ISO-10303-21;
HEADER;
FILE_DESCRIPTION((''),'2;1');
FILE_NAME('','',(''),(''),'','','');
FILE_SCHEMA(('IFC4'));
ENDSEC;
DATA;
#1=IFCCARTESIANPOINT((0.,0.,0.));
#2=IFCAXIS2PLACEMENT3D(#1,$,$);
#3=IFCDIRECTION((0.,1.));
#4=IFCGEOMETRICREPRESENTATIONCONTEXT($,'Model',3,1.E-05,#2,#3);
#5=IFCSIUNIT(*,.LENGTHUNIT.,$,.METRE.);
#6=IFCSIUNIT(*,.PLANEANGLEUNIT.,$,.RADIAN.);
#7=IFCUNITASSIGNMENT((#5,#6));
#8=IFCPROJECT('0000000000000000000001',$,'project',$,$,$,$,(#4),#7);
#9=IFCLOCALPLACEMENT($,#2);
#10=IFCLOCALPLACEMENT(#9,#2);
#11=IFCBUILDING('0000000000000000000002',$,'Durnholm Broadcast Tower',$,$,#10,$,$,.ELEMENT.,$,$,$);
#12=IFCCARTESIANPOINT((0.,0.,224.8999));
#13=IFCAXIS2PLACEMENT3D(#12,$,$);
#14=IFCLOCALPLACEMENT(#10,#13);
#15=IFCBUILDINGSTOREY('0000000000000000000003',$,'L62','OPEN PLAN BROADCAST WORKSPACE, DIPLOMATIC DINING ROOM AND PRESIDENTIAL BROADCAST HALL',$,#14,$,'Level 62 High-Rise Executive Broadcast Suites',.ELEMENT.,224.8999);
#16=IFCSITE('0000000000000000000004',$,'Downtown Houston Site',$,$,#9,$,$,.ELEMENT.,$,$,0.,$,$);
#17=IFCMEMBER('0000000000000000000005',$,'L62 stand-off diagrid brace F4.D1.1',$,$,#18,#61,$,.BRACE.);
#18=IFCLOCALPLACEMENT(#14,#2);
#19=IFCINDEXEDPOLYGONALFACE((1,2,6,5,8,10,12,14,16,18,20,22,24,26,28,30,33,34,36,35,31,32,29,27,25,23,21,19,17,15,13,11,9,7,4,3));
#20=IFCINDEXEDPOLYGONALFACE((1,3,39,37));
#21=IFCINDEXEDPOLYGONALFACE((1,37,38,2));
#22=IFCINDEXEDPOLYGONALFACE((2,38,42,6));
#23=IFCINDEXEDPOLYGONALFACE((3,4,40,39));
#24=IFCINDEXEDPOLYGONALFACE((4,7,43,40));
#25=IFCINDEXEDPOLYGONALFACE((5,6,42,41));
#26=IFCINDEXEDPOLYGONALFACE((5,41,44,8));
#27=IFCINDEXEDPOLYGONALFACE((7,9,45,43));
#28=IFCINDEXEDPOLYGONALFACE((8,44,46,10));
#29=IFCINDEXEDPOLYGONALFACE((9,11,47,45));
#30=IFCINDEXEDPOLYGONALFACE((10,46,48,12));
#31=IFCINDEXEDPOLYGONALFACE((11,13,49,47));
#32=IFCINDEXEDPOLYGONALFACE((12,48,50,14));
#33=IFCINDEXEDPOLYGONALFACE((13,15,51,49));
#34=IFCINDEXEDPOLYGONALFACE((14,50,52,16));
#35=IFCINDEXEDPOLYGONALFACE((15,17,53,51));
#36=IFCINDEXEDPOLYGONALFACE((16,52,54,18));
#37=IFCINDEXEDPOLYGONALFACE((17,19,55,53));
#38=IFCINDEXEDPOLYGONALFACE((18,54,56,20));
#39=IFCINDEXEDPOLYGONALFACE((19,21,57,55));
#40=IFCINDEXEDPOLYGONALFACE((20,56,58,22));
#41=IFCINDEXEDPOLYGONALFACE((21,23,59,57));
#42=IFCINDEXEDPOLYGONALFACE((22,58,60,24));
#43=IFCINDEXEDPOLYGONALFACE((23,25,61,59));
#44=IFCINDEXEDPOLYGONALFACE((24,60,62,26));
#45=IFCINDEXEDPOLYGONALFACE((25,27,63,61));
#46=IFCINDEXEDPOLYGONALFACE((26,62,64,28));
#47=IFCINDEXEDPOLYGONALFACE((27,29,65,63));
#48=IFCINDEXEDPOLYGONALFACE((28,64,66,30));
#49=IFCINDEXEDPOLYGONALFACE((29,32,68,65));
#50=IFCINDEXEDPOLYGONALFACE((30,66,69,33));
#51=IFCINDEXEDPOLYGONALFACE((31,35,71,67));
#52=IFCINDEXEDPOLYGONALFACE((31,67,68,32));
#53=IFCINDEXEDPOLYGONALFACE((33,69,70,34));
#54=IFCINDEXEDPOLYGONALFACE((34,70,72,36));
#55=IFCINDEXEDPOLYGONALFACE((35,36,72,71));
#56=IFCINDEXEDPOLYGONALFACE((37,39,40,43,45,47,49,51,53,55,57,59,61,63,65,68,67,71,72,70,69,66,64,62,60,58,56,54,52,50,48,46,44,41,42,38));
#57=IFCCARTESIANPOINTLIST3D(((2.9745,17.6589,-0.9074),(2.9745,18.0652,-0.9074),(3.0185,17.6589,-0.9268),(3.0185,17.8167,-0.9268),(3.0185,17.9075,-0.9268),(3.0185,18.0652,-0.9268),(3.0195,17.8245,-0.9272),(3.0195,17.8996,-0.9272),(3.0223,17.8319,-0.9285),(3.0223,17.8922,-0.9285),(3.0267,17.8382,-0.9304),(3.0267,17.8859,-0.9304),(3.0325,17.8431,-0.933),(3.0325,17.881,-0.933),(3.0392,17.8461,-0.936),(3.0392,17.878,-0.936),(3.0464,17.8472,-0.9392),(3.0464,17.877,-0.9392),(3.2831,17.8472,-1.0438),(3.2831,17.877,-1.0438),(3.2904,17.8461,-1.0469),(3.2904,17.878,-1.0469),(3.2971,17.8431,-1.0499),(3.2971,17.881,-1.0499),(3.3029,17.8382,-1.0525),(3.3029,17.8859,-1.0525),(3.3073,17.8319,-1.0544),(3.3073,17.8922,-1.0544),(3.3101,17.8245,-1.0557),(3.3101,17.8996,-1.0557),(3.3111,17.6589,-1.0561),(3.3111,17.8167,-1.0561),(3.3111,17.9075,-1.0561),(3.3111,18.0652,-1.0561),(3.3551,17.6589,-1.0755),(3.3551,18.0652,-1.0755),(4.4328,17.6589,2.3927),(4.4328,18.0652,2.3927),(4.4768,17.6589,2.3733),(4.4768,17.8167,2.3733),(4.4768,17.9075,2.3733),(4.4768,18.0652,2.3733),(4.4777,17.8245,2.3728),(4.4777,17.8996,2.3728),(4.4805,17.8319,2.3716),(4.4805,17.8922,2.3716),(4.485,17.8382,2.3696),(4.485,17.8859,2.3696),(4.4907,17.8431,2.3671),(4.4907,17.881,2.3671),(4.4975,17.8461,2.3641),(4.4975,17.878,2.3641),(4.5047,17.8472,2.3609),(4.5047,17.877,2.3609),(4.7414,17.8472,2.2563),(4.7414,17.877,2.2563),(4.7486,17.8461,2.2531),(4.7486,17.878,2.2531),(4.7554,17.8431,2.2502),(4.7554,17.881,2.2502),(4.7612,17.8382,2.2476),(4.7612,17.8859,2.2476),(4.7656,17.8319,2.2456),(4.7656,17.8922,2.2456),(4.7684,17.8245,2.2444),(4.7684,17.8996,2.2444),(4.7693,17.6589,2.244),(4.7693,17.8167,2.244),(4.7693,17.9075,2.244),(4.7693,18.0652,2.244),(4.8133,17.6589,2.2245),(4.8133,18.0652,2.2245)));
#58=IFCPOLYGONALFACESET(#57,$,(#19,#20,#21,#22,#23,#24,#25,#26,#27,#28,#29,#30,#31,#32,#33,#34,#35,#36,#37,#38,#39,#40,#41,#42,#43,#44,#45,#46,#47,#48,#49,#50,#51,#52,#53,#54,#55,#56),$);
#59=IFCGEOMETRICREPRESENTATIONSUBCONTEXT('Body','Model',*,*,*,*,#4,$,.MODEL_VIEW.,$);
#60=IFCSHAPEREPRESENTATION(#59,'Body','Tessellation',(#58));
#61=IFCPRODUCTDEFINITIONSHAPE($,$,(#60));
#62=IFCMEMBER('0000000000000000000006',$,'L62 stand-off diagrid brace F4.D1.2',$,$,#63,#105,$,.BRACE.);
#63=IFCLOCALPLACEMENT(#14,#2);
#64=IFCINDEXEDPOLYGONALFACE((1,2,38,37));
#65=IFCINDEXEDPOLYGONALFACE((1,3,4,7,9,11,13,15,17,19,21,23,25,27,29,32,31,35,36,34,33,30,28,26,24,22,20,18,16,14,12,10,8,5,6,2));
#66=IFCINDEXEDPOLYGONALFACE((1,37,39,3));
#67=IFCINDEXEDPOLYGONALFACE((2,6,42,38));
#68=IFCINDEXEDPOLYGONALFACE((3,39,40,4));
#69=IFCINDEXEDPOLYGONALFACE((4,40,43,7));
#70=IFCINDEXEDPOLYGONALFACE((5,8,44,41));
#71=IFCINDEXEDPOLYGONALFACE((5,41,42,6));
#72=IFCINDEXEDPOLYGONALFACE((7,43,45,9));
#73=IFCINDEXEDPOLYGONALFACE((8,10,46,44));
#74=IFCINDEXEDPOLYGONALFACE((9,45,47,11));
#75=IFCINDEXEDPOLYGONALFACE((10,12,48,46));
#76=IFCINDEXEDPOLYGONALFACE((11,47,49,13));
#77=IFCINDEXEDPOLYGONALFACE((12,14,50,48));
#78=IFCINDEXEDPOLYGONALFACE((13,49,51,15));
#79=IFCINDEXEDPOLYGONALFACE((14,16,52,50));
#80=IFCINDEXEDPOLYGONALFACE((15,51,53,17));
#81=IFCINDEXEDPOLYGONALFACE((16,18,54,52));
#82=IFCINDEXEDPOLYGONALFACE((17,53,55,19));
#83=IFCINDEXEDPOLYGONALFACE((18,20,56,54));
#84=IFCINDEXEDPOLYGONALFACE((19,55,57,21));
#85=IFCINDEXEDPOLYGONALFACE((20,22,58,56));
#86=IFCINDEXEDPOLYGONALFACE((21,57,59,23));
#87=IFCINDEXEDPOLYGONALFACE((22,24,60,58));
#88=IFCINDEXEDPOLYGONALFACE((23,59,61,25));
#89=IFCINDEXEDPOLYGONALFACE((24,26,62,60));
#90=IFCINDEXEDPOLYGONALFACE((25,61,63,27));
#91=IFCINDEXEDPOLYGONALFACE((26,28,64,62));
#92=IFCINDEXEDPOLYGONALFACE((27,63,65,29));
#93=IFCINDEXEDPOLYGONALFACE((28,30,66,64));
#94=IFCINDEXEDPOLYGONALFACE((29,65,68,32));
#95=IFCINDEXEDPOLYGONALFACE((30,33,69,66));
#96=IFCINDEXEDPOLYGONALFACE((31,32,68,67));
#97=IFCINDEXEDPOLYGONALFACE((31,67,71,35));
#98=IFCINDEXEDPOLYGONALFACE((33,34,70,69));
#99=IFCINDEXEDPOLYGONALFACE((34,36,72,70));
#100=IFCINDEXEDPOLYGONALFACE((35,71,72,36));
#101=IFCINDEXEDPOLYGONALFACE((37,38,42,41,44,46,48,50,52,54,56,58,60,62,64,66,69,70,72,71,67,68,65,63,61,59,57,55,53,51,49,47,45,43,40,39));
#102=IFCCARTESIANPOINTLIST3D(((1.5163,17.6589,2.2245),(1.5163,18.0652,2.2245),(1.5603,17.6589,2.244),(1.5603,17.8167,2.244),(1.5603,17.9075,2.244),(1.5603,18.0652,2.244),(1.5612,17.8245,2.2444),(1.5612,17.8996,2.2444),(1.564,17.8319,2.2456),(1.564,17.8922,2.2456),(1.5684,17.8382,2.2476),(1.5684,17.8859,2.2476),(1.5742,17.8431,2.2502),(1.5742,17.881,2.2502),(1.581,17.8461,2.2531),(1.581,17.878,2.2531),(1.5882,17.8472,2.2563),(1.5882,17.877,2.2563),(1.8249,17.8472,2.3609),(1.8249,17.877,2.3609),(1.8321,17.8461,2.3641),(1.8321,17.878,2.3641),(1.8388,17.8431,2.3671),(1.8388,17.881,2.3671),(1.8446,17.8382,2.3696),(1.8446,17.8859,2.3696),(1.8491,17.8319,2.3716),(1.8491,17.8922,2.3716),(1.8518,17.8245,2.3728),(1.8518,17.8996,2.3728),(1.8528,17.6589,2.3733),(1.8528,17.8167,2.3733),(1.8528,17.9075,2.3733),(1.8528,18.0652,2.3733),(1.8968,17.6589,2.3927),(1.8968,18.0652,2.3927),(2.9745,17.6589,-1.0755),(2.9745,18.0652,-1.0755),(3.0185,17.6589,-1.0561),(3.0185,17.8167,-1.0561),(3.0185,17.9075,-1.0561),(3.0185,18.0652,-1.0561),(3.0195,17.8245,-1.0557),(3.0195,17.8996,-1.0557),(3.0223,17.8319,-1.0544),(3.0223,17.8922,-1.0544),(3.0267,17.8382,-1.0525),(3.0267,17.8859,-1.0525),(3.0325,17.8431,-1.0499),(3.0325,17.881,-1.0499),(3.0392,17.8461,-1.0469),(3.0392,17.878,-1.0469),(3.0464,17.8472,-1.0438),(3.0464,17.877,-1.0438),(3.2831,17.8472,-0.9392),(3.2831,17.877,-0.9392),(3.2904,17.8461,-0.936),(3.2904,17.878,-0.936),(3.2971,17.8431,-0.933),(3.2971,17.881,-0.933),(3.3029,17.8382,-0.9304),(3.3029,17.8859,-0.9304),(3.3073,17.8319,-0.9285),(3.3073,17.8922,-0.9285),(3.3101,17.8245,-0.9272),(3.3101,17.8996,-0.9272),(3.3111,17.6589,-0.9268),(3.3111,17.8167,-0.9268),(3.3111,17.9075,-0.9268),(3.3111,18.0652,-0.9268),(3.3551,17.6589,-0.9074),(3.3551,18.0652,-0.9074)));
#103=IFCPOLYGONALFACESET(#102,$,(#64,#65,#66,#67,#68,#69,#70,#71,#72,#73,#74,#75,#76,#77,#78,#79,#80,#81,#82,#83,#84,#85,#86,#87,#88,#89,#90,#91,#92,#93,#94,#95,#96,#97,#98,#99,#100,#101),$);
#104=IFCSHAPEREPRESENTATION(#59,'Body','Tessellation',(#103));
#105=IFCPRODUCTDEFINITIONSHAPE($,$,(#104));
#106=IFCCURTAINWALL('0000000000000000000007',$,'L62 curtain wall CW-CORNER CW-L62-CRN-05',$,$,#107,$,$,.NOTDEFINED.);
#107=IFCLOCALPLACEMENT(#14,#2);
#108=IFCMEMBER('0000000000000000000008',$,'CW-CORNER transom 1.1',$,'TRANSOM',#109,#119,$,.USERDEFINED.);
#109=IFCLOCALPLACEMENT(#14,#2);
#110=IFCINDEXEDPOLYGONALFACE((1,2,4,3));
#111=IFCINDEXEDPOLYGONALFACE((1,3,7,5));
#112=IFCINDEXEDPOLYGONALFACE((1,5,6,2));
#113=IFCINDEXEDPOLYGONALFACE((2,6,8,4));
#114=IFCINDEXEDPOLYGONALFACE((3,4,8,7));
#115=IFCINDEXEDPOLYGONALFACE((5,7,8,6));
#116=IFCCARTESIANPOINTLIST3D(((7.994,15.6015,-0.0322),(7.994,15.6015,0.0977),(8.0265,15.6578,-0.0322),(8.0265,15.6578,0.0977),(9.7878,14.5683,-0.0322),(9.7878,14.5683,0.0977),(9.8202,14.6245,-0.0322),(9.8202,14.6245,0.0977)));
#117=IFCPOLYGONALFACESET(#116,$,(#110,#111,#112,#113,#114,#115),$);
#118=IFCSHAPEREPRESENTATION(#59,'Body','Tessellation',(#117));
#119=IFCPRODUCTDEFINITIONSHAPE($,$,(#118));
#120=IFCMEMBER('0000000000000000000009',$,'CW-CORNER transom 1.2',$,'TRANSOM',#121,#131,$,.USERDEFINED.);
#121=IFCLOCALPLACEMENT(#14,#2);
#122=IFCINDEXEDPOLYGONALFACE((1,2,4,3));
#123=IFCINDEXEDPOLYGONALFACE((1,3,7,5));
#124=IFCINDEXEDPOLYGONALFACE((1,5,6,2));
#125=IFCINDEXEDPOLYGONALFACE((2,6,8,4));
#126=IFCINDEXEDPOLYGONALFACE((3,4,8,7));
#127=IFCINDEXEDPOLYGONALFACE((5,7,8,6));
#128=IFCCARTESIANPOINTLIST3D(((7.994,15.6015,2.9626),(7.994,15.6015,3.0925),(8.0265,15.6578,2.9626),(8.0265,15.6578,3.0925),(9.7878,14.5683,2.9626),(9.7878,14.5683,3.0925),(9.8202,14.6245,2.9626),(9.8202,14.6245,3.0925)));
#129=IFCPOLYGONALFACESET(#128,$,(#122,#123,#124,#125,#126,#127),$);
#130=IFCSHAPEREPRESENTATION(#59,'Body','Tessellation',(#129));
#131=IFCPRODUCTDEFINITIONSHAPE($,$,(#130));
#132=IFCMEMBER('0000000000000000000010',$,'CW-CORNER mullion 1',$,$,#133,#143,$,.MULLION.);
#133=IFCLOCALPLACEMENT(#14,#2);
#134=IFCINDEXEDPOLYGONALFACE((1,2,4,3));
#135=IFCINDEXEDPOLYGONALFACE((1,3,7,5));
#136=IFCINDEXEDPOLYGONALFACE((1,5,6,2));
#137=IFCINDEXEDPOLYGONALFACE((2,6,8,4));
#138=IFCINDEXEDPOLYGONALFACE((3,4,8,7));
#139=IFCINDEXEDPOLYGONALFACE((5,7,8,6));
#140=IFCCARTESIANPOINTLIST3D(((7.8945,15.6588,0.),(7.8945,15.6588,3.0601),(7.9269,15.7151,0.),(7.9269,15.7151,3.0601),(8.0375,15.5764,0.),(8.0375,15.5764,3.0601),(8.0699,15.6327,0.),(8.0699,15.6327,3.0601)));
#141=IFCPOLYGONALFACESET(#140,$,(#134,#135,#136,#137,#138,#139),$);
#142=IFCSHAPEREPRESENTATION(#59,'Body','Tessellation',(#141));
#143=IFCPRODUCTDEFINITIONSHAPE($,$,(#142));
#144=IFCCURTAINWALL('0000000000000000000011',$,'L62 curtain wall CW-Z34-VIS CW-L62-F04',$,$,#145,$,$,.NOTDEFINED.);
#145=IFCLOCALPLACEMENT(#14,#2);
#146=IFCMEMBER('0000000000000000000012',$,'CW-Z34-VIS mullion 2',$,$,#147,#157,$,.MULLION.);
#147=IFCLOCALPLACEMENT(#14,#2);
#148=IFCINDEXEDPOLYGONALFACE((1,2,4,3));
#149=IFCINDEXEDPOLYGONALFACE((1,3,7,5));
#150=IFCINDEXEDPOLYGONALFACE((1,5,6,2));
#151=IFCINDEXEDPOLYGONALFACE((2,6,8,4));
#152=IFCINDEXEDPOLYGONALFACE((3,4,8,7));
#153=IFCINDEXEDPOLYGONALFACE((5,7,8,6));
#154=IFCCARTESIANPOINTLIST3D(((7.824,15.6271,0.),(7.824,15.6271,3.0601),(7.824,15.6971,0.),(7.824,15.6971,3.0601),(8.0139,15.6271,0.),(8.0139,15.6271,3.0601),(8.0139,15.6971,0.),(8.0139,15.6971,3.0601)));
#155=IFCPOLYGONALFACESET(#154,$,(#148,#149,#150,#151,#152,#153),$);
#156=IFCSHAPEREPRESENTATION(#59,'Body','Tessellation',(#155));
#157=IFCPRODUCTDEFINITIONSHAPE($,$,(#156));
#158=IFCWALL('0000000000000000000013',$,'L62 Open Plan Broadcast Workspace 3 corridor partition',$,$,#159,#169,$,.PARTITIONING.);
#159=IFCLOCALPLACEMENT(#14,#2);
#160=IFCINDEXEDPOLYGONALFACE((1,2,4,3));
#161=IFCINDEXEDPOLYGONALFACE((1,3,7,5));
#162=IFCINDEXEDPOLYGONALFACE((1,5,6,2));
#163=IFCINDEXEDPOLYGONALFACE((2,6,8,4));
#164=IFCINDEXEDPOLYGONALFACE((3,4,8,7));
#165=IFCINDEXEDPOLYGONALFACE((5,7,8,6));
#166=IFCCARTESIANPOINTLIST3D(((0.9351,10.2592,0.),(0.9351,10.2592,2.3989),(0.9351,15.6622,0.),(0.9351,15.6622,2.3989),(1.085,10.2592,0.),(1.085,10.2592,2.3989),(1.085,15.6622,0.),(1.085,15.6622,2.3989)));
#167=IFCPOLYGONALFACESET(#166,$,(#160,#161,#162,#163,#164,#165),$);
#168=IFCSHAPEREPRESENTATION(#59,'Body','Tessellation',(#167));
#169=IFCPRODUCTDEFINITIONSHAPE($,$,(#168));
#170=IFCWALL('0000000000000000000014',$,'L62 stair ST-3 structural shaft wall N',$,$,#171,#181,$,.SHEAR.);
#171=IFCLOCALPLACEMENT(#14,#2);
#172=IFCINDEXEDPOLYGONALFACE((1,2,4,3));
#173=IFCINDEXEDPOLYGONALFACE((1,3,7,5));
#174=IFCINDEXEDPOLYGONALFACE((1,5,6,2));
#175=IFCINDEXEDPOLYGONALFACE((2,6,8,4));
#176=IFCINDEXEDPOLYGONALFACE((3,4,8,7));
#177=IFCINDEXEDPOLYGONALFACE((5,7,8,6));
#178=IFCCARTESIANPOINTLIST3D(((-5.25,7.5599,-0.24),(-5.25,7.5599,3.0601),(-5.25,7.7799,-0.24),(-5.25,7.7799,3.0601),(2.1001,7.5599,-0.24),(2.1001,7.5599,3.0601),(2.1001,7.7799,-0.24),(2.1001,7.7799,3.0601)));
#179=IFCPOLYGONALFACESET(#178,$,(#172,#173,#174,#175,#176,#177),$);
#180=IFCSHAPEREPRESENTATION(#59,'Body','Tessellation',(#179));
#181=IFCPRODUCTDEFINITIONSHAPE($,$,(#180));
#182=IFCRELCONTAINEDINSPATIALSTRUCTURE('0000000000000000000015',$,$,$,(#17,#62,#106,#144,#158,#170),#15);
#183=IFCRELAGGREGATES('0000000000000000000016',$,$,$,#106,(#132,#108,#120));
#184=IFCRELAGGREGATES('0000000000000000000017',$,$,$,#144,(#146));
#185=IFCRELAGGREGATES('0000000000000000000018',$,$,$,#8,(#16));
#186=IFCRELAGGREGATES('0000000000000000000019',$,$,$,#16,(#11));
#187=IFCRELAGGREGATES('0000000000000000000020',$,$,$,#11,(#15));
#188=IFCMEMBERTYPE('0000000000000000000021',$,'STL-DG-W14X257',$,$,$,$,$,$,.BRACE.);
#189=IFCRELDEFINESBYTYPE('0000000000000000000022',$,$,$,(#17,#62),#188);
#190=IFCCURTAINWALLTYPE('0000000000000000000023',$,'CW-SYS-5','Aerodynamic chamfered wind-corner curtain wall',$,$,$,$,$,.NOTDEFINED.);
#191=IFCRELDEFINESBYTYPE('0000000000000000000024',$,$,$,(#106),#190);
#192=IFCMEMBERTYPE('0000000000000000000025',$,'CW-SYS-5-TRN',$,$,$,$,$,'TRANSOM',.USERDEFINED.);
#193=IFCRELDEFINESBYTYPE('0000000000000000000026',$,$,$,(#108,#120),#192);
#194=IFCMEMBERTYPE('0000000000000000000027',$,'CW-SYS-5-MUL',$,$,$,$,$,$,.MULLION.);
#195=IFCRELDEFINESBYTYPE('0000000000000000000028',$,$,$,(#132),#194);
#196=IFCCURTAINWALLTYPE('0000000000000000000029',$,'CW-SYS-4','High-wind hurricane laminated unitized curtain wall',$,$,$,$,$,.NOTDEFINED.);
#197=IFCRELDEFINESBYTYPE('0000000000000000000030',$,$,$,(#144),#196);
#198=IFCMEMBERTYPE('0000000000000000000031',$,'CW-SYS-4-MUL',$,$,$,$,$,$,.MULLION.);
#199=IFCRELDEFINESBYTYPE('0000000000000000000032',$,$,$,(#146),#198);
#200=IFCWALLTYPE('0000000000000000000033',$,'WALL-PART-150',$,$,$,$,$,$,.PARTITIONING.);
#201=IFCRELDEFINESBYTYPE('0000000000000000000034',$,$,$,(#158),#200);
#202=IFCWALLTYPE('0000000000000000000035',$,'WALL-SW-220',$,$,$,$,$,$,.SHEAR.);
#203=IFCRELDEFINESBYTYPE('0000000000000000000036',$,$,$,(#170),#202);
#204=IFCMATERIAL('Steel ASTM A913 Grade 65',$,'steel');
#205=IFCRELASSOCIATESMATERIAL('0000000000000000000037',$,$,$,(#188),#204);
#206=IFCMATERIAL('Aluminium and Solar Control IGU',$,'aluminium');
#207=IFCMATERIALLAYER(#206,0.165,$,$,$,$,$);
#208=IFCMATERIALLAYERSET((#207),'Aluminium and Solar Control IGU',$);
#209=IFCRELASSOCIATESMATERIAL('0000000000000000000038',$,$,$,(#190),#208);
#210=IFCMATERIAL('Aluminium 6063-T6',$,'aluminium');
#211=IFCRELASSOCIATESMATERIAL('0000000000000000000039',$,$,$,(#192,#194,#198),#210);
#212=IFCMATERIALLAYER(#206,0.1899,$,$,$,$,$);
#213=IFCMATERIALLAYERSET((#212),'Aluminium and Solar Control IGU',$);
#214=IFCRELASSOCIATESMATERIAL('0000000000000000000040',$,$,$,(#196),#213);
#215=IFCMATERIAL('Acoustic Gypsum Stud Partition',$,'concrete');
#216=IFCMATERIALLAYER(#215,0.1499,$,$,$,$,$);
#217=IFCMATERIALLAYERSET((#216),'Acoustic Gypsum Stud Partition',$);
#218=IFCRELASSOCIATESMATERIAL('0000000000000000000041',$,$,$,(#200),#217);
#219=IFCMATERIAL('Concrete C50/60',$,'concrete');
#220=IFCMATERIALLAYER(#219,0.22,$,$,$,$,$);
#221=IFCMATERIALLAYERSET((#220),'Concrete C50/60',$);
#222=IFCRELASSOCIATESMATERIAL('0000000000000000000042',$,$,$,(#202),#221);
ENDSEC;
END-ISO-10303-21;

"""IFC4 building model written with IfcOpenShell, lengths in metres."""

from ifc_helpers import new_model, si_unit, direction, frame, frame_2d, origin, origin_2d, place, context, subcontext, project, spatial, rectangle, i_section, extrude, source, transform, mapped, material, layer, layer_set, material_profile, profile_set, type_object, type_shapes, element, aggregate, save


model = new_model("IFC4")

# Units and contexts
model_context = context("Model", 3, precision=1e-05, world=origin(), true_north=direction((0.0, 1.0)))
body_context = subcontext(model_context, "Body", "Model", "MODEL_VIEW")
ifc_project = project(units=[si_unit("LENGTHUNIT", "METRE"), si_unit("PLANEANGLEUNIT", "RADIAN")], contexts=[model_context])

# Site, building, storey
site_placement = place(None, origin())
site = spatial("IfcSite", under=ifc_project, at=site_placement, Name="Downtown Houston Site", CompositionType="ELEMENT", RefElevation=0.0)
building_placement = place(site_placement, origin())
building = spatial("IfcBuilding", under=site, at=building_placement, Name="Durnholm Broadcast Tower", CompositionType="ELEMENT")
storey_placement = place(building_placement, frame((0.0, 0.0, 224.8999)))
storey = spatial("IfcBuildingStorey", under=building, at=storey_placement, Name="L62", Description="OPEN PLAN BROADCAST WORKSPACE, DIPLOMATIC DINING ROOM AND PRESIDENTIAL BROADCAST HALL", LongName="Level 62 High-Rise Executive Broadcast Suites", CompositionType="ELEMENT", Elevation=224.8999)

# Members
ifc_material_1 = material(Name="Steel ASTM A913 Grade 65", Category="steel")
ifc_material_profile_1 = material_profile(ifc_material_1, i_section(OverallWidth=0.4062, OverallDepth=0.416, WebThickness=0.0298, FlangeThickness=0.0481, FilletRadius=0.0305, at=origin_2d()), Name="W14X257")
ifc_profile_set_1 = profile_set([ifc_material_profile_1], Name="Steel ASTM A913 Grade 65")
member_type_1 = type_object("IfcMemberType", Name="STL-DG-W14X257", PredefinedType="BRACE", material=ifc_profile_set_1)
shared_shape_1 = source(origin(), body_context, "Body", "SweptSolid", [
    extrude(i_section(OverallWidth=0.4062, OverallDepth=0.416, WebThickness=0.0298, FlangeThickness=0.0481, FilletRadius=0.0305, at=origin_2d()), origin(), (0.0, 0.0, 1.0), 3.6079),
])
type_shapes(member_type_1, [shared_shape_1])
for number, where, z_axis, x_axis, name in (
    (1, (3.1648, 17.8621, -0.9915), (0.404185, 0.0, 0.914677), (0.0, 1.0, 0.0), "L62 stand-off diagrid brace F4.D1.1"),
    (2, (3.1648, 17.8621, -0.9915), (-0.404185, 0.0, 0.914677), (0.0, -1.0, 0.0), "L62 stand-off diagrid brace F4.D1.2"),
):
    element("IfcMember", number, at=place(storey_placement, frame(where, z_axis=z_axis, x_axis=x_axis)), inside=storey, type_object=member_type_1, Name=name, PredefinedType="BRACE", context=body_context, shape_type="MappedRepresentation", body=[
        mapped(shared_shape_1, transform((0.0, 0.0, 0.0), x_axis=(1.0, 0.0, 0.0), y_axis=(0.0, 1.0, 0.0), z_axis=(0.0, 0.0, 1.0), scale=1.0)),
    ])

# Curtain wall, members
ifc_material_2 = material(Name="Aluminium and Solar Control IGU", Category="aluminium")
ifc_layer_1 = layer(ifc_material_2, 0.165)
ifc_layer_set_1 = layer_set([ifc_layer_1], Name="Aluminium and Solar Control IGU")
curtain_wall_type_1 = type_object("IfcCurtainWallType", Name="CW-SYS-5", Description="Aerodynamic chamfered wind-corner curtain wall", PredefinedType="NOTDEFINED", material=ifc_layer_set_1)
curtain_wall_1_placement = place(storey_placement, origin())
curtain_wall_1 = element("IfcCurtainWall", 3, at=curtain_wall_1_placement, inside=storey, type_object=curtain_wall_type_1, Name="L62 curtain wall CW-CORNER CW-L62-CRN-05", PredefinedType="NOTDEFINED")
ifc_material_3 = material(Name="Aluminium 6063-T6", Category="aluminium")
ifc_material_profile_2 = material_profile(ifc_material_3, rectangle(XDim=0.0649, YDim=0.1299, at=origin_2d()), Name="CWT65X130")
ifc_profile_set_2 = profile_set([ifc_material_profile_2], Name="Aluminium 6063-T6")
member_type_2 = type_object("IfcMemberType", Name="CW-SYS-5-TRN", ElementType="TRANSOM", PredefinedType="USERDEFINED", material=ifc_profile_set_2)
shared_shape_2 = source(origin(), body_context, "Body", "SweptSolid", [
    extrude(rectangle(XDim=0.0649, YDim=0.1299, at=origin_2d()), origin(), (0.0, 0.0, 1.0), 2.0701),
])
type_shapes(member_type_2, [shared_shape_2])
member_1_placement = place(storey_placement, frame((8.0103, 15.6296, 0.0327), z_axis=(0.866525, -0.499134, 0.0), x_axis=(0.499134, 0.866525, 0.0)))
member_1 = element("IfcMember", 4, at=member_1_placement, type_object=member_type_2, Name="CW-CORNER transom 1.1", ObjectType="TRANSOM", PredefinedType="USERDEFINED", context=body_context, shape_type="MappedRepresentation", body=[
    mapped(shared_shape_2, transform((0.0, 0.0, 0.0), x_axis=(1.0, 0.0, 0.0), y_axis=(0.0, 1.0, 0.0), z_axis=(0.0, 0.0, 1.0), scale=1.0)),
])
member_2_placement = place(storey_placement, frame((8.0103, 15.6296, 3.0276), z_axis=(0.866525, -0.499134, 0.0), x_axis=(0.499134, 0.866525, 0.0)))
member_2 = element("IfcMember", 5, at=member_2_placement, type_object=member_type_2, Name="CW-CORNER transom 1.2", ObjectType="TRANSOM", PredefinedType="USERDEFINED", context=body_context, shape_type="MappedRepresentation", body=[
    mapped(shared_shape_2, transform((0.0, 0.0, 0.0), x_axis=(1.0, 0.0, 0.0), y_axis=(0.0, 1.0, 0.0), z_axis=(0.0, 0.0, 1.0), scale=1.0)),
])
ifc_material_profile_3 = material_profile(ifc_material_3, rectangle(XDim=0.0649, YDim=0.165, at=origin_2d()), Name="CWM65X165")
ifc_profile_set_3 = profile_set([ifc_material_profile_3], Name="Aluminium 6063-T6")
member_type_3 = type_object("IfcMemberType", Name="CW-SYS-5-MUL", PredefinedType="MULLION", material=ifc_profile_set_3)
shared_shape_3 = source(origin(), body_context, "Body", "SweptSolid", [
    extrude(rectangle(XDim=0.0649, YDim=0.165, at=origin_2d()), origin(), (0.0, 0.0, 1.0), 3.0601),
])
type_shapes(member_type_3, [shared_shape_3])
member_3_placement = place(storey_placement, frame((7.9822, 15.6458, 0.0), z_axis=(0.0, 0.0, 1.0), x_axis=(0.499059, 0.866568, 0.0)))
member_3 = element("IfcMember", 6, at=member_3_placement, type_object=member_type_3, Name="CW-CORNER mullion 1", PredefinedType="MULLION", context=body_context, shape_type="MappedRepresentation", body=[
    mapped(shared_shape_3, transform((0.0, 0.0, 0.0), x_axis=(1.0, 0.0, 0.0), y_axis=(0.0, 1.0, 0.0), z_axis=(0.0, 0.0, 1.0), scale=1.0)),
])
aggregate(curtain_wall_1, [member_3, member_1, member_2])

# Curtain wall, member
ifc_layer_2 = layer(ifc_material_2, 0.1899)
ifc_layer_set_2 = layer_set([ifc_layer_2], Name="Aluminium and Solar Control IGU")
curtain_wall_type_2 = type_object("IfcCurtainWallType", Name="CW-SYS-4", Description="High-wind hurricane laminated unitized curtain wall", PredefinedType="NOTDEFINED", material=ifc_layer_set_2)
curtain_wall_2_placement = place(storey_placement, origin())
curtain_wall_2 = element("IfcCurtainWall", 7, at=curtain_wall_2_placement, inside=storey, type_object=curtain_wall_type_2, Name="L62 curtain wall CW-Z34-VIS CW-L62-F04", PredefinedType="NOTDEFINED")
ifc_material_profile_4 = material_profile(ifc_material_3, rectangle(XDim=0.0701, YDim=0.1899, at=origin_2d()), Name="CWM70X190")
ifc_profile_set_4 = profile_set([ifc_material_profile_4], Name="Aluminium 6063-T6")
member_type_4 = type_object("IfcMemberType", Name="CW-SYS-4-MUL", PredefinedType="MULLION", material=ifc_profile_set_4)
shared_shape_4 = source(origin(), body_context, "Body", "SweptSolid", [
    extrude(rectangle(XDim=0.0701, YDim=0.1899, at=origin_2d()), origin(), (0.0, 0.0, 1.0), 3.0601),
])
type_shapes(member_type_4, [shared_shape_4])
member_4_placement = place(storey_placement, frame((7.9189, 15.6621, 0.0), z_axis=(0.0, 0.0, 1.0), x_axis=(0.0, 1.0, 0.0)))
member_4 = element("IfcMember", 8, at=member_4_placement, type_object=member_type_4, Name="CW-Z34-VIS mullion 2", PredefinedType="MULLION", context=body_context, shape_type="MappedRepresentation", body=[
    mapped(shared_shape_4, transform((0.0, 0.0, 0.0), x_axis=(1.0, 0.0, 0.0), y_axis=(0.0, 1.0, 0.0), z_axis=(0.0, 0.0, 1.0), scale=1.0)),
])
aggregate(curtain_wall_2, [member_4])

# Walls
ifc_material_4 = material(Name="Acoustic Gypsum Stud Partition", Category="concrete")
ifc_layer_3 = layer(ifc_material_4, 0.1499)
ifc_layer_set_3 = layer_set([ifc_layer_3], Name="Acoustic Gypsum Stud Partition")
wall_type_1 = type_object("IfcWallType", Name="WALL-PART-150", PredefinedType="PARTITIONING", material=ifc_layer_set_3)
wall_1_placement = place(storey_placement, frame((1.01, 10.259, 0.0), z_axis=(0.0, 0.0, 1.0), x_axis=(0.0, 1.0, 0.0)))
element("IfcWall", 9, at=wall_1_placement, inside=storey, type_object=wall_type_1, Name="L62 Open Plan Broadcast Workspace 3 corridor partition", PredefinedType="PARTITIONING", context=body_context, shape_type="SweptSolid", body=[
    extrude(rectangle(XDim=5.4031, YDim=0.1499, at=frame_2d((2.7017, 0.0))), origin(), (0.0, 0.0, 1.0), 2.3989),
])
ifc_material_5 = material(Name="Concrete C50/60", Category="concrete")
ifc_layer_4 = layer(ifc_material_5, 0.22)
ifc_layer_set_4 = layer_set([ifc_layer_4], Name="Concrete C50/60")
wall_type_2 = type_object("IfcWallType", Name="WALL-SW-220", PredefinedType="SHEAR", material=ifc_layer_set_4)
wall_2_placement = place(storey_placement, frame((2.1001, 7.6699, -0.24), z_axis=(0.0, 0.0, 1.0), x_axis=(-1.0, 0.0, 0.0)))
element("IfcWall", 10, at=wall_2_placement, inside=storey, type_object=wall_type_2, Name="L62 stair ST-3 structural shaft wall N", PredefinedType="SHEAR", context=body_context, shape_type="SweptSolid", body=[
    extrude(rectangle(XDim=7.3501, YDim=0.22, at=frame_2d((3.675, 0.0))), origin(), (0.0, 0.0, 1.0), 3.3),
])

save(model, "model.ifc")
